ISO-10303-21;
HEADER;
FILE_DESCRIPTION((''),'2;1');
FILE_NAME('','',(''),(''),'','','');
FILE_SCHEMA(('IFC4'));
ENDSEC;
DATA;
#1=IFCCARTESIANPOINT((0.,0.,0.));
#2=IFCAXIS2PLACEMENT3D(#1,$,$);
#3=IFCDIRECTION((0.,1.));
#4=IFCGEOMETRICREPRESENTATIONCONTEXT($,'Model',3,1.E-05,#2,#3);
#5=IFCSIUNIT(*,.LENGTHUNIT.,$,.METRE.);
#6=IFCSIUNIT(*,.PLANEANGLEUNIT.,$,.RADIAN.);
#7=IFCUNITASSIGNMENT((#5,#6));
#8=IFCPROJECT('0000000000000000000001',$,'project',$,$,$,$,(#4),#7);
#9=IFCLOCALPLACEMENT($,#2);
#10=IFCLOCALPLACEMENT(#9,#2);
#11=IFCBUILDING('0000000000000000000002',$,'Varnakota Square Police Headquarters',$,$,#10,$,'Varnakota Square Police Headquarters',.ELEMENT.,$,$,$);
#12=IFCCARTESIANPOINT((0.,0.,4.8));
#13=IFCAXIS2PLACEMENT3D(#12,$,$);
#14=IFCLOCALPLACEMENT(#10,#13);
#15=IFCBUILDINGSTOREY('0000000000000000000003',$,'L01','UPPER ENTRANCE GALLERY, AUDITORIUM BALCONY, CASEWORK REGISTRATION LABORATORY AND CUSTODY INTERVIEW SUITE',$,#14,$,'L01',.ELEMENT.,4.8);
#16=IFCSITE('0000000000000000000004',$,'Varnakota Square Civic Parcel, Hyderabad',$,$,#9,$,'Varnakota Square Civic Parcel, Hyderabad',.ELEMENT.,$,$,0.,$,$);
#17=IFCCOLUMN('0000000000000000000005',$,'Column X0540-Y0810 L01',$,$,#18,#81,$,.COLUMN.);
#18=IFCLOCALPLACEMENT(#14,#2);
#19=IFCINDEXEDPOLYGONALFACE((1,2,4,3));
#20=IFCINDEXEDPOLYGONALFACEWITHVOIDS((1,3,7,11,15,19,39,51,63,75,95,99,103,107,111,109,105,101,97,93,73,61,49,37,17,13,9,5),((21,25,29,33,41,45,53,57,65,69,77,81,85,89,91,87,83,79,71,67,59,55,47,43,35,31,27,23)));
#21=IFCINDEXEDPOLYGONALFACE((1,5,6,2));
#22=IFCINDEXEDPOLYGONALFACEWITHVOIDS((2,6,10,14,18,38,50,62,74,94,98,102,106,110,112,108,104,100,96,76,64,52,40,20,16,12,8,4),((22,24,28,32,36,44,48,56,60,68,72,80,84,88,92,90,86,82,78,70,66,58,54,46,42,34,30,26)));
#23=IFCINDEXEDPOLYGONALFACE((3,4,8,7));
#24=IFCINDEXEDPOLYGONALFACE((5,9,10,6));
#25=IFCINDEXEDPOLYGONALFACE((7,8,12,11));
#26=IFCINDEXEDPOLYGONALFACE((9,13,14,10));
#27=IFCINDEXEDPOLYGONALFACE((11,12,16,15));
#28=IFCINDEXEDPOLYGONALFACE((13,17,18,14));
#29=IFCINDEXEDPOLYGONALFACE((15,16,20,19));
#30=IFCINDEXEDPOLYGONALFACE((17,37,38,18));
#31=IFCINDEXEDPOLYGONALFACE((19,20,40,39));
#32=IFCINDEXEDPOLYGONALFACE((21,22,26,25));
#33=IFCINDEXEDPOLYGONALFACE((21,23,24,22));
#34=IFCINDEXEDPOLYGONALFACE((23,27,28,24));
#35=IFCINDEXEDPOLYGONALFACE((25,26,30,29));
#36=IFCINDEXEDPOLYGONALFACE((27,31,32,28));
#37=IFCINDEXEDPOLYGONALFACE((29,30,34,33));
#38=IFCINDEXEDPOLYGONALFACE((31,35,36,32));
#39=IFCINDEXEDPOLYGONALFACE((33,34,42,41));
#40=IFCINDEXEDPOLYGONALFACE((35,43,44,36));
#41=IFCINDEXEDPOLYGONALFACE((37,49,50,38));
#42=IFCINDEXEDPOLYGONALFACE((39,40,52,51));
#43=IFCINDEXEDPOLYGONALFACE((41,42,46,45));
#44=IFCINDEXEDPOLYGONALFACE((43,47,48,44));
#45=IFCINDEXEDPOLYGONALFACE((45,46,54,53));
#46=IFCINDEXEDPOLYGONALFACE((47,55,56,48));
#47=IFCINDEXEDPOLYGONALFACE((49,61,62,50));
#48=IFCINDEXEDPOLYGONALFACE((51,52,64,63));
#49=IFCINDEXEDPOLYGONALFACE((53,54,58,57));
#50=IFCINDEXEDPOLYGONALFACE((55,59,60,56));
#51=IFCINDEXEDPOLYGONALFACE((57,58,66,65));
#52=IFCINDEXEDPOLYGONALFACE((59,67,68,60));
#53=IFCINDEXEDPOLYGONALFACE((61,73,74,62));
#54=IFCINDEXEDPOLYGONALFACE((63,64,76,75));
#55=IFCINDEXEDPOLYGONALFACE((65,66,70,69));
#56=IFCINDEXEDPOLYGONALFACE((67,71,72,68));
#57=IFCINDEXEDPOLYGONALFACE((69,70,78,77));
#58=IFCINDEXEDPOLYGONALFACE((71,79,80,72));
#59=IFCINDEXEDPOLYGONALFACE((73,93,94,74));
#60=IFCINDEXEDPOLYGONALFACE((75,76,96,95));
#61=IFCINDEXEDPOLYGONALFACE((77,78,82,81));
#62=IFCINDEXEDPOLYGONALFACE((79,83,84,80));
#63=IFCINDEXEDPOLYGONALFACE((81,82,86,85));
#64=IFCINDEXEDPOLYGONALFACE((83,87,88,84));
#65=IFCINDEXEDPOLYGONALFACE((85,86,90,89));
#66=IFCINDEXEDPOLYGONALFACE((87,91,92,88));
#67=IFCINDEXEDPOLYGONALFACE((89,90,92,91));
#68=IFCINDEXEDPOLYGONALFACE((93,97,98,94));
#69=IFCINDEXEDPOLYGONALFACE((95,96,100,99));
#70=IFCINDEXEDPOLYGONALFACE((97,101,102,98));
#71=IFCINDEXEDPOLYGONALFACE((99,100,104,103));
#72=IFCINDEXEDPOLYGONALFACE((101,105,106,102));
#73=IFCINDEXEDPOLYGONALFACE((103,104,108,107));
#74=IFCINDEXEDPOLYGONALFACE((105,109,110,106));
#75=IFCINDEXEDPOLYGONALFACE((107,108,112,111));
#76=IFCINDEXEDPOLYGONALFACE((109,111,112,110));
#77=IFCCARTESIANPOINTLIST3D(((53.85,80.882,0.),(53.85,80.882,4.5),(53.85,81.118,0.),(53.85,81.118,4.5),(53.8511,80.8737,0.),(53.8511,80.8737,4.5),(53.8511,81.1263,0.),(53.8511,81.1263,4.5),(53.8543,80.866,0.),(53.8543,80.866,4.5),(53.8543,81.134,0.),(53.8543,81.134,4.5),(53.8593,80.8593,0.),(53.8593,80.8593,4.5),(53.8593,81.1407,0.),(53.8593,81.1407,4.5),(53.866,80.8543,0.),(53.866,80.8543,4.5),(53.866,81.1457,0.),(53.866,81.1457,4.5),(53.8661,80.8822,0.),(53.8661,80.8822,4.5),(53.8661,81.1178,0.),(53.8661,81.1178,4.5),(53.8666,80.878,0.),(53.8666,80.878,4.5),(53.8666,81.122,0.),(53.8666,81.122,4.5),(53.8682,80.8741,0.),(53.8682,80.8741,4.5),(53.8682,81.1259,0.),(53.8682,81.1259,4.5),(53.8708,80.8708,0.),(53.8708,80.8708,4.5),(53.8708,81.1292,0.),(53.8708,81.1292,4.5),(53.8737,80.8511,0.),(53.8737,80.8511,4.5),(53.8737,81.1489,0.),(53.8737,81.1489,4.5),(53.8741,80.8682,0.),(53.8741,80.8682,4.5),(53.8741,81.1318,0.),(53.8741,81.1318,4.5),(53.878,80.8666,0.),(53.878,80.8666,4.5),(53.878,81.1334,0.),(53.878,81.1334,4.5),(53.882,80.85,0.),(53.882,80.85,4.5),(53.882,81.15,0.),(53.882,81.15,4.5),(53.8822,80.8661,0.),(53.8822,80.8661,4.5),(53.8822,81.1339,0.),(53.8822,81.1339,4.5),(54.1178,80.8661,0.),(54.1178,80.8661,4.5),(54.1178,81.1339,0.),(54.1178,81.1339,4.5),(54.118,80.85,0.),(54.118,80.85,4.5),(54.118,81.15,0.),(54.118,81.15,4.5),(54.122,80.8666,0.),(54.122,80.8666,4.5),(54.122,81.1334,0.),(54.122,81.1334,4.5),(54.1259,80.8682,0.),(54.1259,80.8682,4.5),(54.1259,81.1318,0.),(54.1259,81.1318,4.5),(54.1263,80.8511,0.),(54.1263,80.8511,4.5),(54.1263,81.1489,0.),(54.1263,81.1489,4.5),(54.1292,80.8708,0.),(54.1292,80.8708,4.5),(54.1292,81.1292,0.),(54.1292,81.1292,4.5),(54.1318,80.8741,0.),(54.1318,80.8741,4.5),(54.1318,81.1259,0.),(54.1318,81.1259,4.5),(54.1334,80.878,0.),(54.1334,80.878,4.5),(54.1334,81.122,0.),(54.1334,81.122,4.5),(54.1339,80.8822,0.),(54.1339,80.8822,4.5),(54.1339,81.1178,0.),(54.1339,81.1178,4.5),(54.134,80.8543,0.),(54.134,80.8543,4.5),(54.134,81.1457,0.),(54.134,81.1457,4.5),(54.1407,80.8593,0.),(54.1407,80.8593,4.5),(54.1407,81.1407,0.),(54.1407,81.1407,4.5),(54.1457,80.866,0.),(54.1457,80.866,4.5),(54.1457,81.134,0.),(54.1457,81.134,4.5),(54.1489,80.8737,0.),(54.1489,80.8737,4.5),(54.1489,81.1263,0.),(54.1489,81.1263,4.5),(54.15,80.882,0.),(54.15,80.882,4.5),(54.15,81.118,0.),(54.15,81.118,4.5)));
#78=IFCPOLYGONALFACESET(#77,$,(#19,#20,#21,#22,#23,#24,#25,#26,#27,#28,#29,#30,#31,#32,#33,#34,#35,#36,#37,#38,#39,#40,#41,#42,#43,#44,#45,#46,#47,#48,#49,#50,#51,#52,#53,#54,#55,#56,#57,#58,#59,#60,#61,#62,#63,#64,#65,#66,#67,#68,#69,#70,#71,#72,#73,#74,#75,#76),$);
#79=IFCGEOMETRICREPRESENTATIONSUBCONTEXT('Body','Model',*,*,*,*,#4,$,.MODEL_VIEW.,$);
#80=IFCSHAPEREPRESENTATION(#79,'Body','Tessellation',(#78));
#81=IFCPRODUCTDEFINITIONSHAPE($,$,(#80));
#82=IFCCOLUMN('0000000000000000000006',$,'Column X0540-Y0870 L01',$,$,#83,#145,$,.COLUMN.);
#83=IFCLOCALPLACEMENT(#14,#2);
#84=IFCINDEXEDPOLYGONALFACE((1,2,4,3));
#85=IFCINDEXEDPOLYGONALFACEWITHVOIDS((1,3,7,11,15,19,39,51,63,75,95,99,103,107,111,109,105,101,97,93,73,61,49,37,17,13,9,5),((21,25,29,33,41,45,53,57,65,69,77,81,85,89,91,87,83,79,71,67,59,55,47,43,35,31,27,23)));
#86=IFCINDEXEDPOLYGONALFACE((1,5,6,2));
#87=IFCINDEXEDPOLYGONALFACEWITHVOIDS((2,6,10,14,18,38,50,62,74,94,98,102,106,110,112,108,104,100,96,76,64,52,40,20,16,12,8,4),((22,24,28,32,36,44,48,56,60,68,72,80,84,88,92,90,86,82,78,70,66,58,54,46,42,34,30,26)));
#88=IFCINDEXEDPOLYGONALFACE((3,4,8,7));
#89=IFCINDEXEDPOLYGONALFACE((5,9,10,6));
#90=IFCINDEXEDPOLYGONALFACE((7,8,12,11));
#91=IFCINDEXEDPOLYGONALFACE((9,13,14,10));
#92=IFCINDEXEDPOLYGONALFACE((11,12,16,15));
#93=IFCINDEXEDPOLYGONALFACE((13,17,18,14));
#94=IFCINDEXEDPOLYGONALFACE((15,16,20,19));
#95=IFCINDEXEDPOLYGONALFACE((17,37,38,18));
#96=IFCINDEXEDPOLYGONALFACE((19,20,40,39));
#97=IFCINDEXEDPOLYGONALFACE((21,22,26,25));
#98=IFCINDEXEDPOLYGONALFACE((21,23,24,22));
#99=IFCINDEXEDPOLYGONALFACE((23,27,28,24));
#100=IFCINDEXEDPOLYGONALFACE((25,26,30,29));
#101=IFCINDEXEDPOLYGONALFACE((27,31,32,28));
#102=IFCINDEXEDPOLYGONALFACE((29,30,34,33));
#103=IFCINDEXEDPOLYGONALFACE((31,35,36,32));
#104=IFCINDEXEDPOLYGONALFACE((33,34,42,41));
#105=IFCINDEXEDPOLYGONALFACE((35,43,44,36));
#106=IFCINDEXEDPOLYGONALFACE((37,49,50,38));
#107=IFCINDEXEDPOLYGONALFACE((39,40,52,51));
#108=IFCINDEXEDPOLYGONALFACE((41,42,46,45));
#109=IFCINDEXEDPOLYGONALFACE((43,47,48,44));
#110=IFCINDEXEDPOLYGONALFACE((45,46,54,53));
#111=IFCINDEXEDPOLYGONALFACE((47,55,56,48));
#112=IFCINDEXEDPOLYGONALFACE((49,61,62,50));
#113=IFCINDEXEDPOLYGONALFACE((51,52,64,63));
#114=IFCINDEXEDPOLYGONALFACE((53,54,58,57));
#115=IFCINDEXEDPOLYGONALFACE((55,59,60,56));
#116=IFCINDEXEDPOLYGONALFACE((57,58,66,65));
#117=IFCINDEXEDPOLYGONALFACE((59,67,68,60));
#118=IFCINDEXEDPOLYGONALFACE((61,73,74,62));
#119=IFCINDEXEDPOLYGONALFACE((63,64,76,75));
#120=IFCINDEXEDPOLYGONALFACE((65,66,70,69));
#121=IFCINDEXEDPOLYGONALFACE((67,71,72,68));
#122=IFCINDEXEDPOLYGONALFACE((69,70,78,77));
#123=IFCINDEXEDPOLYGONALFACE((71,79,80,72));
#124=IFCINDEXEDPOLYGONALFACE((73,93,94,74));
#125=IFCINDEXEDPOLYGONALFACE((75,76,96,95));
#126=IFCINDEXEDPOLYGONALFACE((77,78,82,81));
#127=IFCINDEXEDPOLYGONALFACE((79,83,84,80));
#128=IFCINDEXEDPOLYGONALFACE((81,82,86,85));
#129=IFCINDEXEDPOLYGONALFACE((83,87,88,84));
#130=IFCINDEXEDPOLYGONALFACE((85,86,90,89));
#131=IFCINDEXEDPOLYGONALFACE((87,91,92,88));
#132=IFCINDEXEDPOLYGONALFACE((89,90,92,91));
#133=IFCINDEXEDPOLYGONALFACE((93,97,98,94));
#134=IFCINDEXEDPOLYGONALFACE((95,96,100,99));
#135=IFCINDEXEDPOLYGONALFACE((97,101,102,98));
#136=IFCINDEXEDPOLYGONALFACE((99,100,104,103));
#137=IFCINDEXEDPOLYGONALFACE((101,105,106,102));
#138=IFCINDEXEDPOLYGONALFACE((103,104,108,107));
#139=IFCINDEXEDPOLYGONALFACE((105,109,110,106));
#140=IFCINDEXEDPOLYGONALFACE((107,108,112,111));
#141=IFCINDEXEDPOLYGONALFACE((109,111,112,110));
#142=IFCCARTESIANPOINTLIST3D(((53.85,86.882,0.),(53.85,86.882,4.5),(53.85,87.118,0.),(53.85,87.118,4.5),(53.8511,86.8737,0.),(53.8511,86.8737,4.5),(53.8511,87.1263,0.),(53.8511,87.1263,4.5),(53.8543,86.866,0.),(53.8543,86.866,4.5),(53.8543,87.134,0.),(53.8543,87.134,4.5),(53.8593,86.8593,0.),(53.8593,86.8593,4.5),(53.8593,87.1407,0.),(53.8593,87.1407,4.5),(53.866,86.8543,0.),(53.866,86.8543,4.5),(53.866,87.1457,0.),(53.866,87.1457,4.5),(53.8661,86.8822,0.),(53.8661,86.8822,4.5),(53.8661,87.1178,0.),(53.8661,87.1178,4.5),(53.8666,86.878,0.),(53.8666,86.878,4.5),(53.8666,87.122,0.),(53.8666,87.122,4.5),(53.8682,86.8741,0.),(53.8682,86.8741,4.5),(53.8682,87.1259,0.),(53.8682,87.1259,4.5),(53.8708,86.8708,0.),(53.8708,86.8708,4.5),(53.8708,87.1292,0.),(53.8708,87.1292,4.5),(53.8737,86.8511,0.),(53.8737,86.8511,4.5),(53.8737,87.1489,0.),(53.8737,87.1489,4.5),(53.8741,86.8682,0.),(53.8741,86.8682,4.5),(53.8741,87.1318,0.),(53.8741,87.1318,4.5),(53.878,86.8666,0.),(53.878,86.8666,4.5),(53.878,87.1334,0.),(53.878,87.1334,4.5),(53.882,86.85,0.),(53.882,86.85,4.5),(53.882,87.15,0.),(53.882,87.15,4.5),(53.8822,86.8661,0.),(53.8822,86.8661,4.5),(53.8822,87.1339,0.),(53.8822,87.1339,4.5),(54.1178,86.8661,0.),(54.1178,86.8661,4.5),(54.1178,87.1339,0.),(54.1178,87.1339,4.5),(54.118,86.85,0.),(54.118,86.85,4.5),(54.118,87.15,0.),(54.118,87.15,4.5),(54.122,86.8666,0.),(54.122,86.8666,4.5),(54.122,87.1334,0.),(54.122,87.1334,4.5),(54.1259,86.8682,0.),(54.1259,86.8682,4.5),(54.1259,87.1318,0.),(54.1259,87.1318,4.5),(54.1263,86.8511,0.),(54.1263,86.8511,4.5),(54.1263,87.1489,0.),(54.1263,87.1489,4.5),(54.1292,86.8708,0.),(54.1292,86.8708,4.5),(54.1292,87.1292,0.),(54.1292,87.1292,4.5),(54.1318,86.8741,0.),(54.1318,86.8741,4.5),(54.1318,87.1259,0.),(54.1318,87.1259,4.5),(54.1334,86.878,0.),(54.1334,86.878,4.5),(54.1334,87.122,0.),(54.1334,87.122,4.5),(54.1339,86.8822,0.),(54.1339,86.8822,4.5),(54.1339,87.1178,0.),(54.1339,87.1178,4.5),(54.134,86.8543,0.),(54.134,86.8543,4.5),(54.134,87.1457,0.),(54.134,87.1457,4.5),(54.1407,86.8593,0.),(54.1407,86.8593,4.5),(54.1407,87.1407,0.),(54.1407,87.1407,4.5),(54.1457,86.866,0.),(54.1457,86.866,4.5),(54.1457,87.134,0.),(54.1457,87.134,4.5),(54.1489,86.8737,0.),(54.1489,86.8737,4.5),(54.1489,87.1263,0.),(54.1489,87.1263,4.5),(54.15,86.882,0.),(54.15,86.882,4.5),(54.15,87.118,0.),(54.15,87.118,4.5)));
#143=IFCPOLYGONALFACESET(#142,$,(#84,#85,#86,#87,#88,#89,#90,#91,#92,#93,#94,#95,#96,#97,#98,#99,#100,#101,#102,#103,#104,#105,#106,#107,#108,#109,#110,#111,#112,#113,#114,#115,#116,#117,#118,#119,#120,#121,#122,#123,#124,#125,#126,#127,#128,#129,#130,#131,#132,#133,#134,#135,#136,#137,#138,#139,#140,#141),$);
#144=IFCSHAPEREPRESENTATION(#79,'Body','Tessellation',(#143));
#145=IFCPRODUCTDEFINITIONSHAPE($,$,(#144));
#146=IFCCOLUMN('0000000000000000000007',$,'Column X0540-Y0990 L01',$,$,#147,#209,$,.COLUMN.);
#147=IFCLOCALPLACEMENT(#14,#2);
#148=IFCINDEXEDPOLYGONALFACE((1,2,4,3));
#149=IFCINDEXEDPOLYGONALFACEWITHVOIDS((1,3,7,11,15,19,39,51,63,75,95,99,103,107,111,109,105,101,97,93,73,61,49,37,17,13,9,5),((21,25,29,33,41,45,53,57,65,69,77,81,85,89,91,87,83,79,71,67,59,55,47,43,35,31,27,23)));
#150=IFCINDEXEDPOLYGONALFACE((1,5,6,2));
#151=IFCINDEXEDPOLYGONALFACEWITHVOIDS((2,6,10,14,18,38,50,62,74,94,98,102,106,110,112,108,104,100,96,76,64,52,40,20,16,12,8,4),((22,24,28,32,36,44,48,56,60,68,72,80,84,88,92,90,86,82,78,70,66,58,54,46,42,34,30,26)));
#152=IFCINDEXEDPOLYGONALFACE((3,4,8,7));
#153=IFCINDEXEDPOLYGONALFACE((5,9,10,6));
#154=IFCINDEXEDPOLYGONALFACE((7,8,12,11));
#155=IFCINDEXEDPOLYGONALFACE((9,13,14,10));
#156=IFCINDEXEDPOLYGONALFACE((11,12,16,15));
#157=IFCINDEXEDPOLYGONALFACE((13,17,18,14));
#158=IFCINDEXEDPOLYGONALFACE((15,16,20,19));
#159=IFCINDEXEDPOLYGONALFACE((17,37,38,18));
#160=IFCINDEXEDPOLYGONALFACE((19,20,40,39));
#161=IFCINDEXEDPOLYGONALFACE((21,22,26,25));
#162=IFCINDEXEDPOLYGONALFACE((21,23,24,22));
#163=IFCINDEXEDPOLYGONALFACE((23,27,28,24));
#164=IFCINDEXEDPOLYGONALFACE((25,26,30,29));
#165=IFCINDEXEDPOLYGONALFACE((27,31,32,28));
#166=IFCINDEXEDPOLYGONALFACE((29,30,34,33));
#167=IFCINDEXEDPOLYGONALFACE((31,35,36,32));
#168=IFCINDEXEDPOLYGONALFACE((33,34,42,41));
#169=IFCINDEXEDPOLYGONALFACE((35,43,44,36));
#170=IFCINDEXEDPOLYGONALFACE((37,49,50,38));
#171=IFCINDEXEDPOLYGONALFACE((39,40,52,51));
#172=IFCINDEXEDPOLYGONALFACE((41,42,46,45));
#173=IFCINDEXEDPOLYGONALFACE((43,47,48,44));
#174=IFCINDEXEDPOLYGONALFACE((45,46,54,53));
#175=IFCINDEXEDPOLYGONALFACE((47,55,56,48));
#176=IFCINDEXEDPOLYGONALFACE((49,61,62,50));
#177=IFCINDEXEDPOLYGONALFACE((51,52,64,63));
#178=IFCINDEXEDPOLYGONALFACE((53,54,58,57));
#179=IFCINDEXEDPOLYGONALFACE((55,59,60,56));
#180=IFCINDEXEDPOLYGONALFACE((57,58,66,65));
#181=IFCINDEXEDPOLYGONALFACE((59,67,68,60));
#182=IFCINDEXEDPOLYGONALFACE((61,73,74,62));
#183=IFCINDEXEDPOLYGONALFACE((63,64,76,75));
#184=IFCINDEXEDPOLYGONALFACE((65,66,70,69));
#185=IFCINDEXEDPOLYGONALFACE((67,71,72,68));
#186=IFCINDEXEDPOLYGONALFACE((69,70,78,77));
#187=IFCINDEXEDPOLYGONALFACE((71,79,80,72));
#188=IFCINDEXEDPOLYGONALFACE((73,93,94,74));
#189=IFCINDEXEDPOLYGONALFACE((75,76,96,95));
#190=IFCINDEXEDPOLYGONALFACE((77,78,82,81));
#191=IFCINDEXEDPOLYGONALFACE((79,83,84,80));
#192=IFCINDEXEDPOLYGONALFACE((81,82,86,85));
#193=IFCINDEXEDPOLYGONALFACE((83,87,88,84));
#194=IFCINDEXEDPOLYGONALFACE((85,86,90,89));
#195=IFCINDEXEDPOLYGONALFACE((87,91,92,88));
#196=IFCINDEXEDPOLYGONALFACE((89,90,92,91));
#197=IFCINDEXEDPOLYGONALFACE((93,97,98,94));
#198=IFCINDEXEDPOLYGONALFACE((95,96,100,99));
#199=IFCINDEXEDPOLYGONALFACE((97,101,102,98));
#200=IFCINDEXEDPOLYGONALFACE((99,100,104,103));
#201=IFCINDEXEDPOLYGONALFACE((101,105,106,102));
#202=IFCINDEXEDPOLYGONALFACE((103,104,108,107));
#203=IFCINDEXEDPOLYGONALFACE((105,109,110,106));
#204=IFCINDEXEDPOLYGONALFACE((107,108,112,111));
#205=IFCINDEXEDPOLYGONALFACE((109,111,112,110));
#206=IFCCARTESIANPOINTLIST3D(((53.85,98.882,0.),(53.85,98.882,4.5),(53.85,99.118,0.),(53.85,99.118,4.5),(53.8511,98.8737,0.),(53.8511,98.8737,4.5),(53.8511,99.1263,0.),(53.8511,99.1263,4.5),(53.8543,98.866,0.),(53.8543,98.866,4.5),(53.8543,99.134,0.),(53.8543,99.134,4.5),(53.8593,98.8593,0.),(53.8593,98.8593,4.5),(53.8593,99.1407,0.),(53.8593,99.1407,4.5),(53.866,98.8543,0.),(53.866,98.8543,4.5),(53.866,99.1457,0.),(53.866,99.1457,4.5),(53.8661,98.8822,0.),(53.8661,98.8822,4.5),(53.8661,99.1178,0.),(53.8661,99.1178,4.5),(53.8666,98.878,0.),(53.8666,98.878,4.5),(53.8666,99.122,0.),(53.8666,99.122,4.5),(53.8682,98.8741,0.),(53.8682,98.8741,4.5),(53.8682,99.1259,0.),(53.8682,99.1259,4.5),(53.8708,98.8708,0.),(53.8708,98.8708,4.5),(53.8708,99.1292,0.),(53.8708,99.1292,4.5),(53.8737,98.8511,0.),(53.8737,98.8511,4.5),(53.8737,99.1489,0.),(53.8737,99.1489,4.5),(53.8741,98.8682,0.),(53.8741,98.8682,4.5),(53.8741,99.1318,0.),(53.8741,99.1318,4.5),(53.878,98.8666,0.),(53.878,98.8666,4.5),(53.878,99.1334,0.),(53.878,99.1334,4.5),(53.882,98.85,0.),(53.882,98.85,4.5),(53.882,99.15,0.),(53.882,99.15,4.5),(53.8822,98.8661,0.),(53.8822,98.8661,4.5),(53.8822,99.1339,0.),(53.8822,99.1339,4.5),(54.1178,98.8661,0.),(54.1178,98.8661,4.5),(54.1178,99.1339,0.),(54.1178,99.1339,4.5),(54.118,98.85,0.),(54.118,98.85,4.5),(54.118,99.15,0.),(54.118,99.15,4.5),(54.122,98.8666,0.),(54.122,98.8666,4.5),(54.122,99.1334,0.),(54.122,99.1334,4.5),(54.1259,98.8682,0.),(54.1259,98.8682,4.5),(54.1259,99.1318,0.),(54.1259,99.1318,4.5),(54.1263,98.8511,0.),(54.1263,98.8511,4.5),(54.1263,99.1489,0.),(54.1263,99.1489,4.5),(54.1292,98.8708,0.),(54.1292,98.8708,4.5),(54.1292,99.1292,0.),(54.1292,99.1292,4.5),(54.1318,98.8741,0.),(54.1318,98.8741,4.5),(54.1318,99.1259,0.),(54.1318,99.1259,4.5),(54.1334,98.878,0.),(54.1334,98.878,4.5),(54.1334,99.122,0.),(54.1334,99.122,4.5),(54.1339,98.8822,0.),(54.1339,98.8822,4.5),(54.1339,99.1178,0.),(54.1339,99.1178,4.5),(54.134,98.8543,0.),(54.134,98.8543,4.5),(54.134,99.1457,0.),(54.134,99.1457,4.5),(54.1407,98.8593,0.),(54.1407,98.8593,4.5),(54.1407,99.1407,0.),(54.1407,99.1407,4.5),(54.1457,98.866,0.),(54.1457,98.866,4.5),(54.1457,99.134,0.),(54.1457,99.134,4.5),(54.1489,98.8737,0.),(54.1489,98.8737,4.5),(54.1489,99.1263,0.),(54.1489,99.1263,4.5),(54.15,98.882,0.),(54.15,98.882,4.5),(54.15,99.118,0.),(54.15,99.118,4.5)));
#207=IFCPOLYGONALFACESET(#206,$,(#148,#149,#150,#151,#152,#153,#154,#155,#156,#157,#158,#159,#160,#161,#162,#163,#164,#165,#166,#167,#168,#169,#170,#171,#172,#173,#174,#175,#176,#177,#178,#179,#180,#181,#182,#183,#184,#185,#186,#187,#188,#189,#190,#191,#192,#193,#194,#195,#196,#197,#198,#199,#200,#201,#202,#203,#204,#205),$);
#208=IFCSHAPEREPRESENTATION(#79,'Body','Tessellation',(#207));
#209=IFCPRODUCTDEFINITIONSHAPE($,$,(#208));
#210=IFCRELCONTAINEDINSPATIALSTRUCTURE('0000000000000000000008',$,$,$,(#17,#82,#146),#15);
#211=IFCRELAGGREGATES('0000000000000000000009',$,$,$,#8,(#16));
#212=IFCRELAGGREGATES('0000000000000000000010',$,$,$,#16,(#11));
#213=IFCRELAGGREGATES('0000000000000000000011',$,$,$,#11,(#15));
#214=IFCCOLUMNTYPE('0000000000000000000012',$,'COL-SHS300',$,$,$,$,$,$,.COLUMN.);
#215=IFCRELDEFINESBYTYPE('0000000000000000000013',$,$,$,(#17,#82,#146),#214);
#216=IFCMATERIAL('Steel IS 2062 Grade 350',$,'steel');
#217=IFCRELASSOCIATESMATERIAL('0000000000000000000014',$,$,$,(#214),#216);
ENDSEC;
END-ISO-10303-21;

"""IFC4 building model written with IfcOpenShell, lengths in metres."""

from ifc_helpers import new_model, si_unit, direction, frame, origin, origin_2d, place, context, subcontext, project, spatial, hollow_rectangle, extrude, material, material_profile, profile_set, type_object, element, save


model = new_model("IFC4")

# Units and contexts
model_context = context("Model", 3, precision=1e-05, world=origin(), true_north=direction((0.0, 1.0)))
body_context = subcontext(model_context, "Body", "Model", "MODEL_VIEW")
ifc_project = project(units=[si_unit("LENGTHUNIT", "METRE"), si_unit("PLANEANGLEUNIT", "RADIAN")], contexts=[model_context])

# Site, building, storey
site_placement = place(None, origin())
site = spatial("IfcSite", under=ifc_project, at=site_placement, Name="Varnakota Square Civic Parcel, Hyderabad", LongName="Varnakota Square Civic Parcel, Hyderabad", CompositionType="ELEMENT", RefElevation=0.0)
building_placement = place(site_placement, origin())
building = spatial("IfcBuilding", under=site, at=building_placement, Name="Varnakota Square Police Headquarters", LongName="Varnakota Square Police Headquarters", CompositionType="ELEMENT")
storey_placement = place(building_placement, frame((0.0, 0.0, 4.8)))
storey = spatial("IfcBuildingStorey", under=building, at=storey_placement, Name="L01", Description="UPPER ENTRANCE GALLERY, AUDITORIUM BALCONY, CASEWORK REGISTRATION LABORATORY AND CUSTODY INTERVIEW SUITE", LongName="L01", CompositionType="ELEMENT", Elevation=4.8)

# Columns
ifc_material_1 = material(Name="Steel IS 2062 Grade 350", Category="steel")
ifc_material_profile_1 = material_profile(ifc_material_1, hollow_rectangle(XDim=0.3, YDim=0.3, WallThickness=0.0161, InnerFilletRadius=0.0161, OuterFilletRadius=0.032, at=origin_2d()), Name="SHS 300x300x16")
ifc_profile_set_1 = profile_set([ifc_material_profile_1], Name="Steel IS 2062 Grade 350")
column_type = type_object("IfcColumnType", Name="COL-SHS300", PredefinedType="COLUMN", material=ifc_profile_set_1)
for number, where, z_axis, x_axis, name in (
    (1, (54.0, 81.0, 0.0), (0.0, 0.0, 1.0), (1.0, 0.0, 0.0), "Column X0540-Y0810 L01"),
    (2, (54.0, 87.0, 0.0), (0.0, 0.0, 1.0), (1.0, 0.0, 0.0), "Column X0540-Y0870 L01"),
    (3, (54.0, 99.0, 0.0), (0.0, 0.0, 1.0), (1.0, 0.0, 0.0), "Column X0540-Y0990 L01"),
):
    element("IfcColumn", number, at=place(storey_placement, frame(where, z_axis=z_axis, x_axis=x_axis)), inside=storey, type_object=column_type, Name=name, PredefinedType="COLUMN", context=body_context, shape_type="SweptSolid", body=[
        extrude(hollow_rectangle(XDim=0.3, YDim=0.3, WallThickness=0.0161, InnerFilletRadius=0.0161, OuterFilletRadius=0.032, at=origin_2d()), origin(), (0.0, 0.0, 1.0), 4.5),
    ])

save(model, "model.ifc")
